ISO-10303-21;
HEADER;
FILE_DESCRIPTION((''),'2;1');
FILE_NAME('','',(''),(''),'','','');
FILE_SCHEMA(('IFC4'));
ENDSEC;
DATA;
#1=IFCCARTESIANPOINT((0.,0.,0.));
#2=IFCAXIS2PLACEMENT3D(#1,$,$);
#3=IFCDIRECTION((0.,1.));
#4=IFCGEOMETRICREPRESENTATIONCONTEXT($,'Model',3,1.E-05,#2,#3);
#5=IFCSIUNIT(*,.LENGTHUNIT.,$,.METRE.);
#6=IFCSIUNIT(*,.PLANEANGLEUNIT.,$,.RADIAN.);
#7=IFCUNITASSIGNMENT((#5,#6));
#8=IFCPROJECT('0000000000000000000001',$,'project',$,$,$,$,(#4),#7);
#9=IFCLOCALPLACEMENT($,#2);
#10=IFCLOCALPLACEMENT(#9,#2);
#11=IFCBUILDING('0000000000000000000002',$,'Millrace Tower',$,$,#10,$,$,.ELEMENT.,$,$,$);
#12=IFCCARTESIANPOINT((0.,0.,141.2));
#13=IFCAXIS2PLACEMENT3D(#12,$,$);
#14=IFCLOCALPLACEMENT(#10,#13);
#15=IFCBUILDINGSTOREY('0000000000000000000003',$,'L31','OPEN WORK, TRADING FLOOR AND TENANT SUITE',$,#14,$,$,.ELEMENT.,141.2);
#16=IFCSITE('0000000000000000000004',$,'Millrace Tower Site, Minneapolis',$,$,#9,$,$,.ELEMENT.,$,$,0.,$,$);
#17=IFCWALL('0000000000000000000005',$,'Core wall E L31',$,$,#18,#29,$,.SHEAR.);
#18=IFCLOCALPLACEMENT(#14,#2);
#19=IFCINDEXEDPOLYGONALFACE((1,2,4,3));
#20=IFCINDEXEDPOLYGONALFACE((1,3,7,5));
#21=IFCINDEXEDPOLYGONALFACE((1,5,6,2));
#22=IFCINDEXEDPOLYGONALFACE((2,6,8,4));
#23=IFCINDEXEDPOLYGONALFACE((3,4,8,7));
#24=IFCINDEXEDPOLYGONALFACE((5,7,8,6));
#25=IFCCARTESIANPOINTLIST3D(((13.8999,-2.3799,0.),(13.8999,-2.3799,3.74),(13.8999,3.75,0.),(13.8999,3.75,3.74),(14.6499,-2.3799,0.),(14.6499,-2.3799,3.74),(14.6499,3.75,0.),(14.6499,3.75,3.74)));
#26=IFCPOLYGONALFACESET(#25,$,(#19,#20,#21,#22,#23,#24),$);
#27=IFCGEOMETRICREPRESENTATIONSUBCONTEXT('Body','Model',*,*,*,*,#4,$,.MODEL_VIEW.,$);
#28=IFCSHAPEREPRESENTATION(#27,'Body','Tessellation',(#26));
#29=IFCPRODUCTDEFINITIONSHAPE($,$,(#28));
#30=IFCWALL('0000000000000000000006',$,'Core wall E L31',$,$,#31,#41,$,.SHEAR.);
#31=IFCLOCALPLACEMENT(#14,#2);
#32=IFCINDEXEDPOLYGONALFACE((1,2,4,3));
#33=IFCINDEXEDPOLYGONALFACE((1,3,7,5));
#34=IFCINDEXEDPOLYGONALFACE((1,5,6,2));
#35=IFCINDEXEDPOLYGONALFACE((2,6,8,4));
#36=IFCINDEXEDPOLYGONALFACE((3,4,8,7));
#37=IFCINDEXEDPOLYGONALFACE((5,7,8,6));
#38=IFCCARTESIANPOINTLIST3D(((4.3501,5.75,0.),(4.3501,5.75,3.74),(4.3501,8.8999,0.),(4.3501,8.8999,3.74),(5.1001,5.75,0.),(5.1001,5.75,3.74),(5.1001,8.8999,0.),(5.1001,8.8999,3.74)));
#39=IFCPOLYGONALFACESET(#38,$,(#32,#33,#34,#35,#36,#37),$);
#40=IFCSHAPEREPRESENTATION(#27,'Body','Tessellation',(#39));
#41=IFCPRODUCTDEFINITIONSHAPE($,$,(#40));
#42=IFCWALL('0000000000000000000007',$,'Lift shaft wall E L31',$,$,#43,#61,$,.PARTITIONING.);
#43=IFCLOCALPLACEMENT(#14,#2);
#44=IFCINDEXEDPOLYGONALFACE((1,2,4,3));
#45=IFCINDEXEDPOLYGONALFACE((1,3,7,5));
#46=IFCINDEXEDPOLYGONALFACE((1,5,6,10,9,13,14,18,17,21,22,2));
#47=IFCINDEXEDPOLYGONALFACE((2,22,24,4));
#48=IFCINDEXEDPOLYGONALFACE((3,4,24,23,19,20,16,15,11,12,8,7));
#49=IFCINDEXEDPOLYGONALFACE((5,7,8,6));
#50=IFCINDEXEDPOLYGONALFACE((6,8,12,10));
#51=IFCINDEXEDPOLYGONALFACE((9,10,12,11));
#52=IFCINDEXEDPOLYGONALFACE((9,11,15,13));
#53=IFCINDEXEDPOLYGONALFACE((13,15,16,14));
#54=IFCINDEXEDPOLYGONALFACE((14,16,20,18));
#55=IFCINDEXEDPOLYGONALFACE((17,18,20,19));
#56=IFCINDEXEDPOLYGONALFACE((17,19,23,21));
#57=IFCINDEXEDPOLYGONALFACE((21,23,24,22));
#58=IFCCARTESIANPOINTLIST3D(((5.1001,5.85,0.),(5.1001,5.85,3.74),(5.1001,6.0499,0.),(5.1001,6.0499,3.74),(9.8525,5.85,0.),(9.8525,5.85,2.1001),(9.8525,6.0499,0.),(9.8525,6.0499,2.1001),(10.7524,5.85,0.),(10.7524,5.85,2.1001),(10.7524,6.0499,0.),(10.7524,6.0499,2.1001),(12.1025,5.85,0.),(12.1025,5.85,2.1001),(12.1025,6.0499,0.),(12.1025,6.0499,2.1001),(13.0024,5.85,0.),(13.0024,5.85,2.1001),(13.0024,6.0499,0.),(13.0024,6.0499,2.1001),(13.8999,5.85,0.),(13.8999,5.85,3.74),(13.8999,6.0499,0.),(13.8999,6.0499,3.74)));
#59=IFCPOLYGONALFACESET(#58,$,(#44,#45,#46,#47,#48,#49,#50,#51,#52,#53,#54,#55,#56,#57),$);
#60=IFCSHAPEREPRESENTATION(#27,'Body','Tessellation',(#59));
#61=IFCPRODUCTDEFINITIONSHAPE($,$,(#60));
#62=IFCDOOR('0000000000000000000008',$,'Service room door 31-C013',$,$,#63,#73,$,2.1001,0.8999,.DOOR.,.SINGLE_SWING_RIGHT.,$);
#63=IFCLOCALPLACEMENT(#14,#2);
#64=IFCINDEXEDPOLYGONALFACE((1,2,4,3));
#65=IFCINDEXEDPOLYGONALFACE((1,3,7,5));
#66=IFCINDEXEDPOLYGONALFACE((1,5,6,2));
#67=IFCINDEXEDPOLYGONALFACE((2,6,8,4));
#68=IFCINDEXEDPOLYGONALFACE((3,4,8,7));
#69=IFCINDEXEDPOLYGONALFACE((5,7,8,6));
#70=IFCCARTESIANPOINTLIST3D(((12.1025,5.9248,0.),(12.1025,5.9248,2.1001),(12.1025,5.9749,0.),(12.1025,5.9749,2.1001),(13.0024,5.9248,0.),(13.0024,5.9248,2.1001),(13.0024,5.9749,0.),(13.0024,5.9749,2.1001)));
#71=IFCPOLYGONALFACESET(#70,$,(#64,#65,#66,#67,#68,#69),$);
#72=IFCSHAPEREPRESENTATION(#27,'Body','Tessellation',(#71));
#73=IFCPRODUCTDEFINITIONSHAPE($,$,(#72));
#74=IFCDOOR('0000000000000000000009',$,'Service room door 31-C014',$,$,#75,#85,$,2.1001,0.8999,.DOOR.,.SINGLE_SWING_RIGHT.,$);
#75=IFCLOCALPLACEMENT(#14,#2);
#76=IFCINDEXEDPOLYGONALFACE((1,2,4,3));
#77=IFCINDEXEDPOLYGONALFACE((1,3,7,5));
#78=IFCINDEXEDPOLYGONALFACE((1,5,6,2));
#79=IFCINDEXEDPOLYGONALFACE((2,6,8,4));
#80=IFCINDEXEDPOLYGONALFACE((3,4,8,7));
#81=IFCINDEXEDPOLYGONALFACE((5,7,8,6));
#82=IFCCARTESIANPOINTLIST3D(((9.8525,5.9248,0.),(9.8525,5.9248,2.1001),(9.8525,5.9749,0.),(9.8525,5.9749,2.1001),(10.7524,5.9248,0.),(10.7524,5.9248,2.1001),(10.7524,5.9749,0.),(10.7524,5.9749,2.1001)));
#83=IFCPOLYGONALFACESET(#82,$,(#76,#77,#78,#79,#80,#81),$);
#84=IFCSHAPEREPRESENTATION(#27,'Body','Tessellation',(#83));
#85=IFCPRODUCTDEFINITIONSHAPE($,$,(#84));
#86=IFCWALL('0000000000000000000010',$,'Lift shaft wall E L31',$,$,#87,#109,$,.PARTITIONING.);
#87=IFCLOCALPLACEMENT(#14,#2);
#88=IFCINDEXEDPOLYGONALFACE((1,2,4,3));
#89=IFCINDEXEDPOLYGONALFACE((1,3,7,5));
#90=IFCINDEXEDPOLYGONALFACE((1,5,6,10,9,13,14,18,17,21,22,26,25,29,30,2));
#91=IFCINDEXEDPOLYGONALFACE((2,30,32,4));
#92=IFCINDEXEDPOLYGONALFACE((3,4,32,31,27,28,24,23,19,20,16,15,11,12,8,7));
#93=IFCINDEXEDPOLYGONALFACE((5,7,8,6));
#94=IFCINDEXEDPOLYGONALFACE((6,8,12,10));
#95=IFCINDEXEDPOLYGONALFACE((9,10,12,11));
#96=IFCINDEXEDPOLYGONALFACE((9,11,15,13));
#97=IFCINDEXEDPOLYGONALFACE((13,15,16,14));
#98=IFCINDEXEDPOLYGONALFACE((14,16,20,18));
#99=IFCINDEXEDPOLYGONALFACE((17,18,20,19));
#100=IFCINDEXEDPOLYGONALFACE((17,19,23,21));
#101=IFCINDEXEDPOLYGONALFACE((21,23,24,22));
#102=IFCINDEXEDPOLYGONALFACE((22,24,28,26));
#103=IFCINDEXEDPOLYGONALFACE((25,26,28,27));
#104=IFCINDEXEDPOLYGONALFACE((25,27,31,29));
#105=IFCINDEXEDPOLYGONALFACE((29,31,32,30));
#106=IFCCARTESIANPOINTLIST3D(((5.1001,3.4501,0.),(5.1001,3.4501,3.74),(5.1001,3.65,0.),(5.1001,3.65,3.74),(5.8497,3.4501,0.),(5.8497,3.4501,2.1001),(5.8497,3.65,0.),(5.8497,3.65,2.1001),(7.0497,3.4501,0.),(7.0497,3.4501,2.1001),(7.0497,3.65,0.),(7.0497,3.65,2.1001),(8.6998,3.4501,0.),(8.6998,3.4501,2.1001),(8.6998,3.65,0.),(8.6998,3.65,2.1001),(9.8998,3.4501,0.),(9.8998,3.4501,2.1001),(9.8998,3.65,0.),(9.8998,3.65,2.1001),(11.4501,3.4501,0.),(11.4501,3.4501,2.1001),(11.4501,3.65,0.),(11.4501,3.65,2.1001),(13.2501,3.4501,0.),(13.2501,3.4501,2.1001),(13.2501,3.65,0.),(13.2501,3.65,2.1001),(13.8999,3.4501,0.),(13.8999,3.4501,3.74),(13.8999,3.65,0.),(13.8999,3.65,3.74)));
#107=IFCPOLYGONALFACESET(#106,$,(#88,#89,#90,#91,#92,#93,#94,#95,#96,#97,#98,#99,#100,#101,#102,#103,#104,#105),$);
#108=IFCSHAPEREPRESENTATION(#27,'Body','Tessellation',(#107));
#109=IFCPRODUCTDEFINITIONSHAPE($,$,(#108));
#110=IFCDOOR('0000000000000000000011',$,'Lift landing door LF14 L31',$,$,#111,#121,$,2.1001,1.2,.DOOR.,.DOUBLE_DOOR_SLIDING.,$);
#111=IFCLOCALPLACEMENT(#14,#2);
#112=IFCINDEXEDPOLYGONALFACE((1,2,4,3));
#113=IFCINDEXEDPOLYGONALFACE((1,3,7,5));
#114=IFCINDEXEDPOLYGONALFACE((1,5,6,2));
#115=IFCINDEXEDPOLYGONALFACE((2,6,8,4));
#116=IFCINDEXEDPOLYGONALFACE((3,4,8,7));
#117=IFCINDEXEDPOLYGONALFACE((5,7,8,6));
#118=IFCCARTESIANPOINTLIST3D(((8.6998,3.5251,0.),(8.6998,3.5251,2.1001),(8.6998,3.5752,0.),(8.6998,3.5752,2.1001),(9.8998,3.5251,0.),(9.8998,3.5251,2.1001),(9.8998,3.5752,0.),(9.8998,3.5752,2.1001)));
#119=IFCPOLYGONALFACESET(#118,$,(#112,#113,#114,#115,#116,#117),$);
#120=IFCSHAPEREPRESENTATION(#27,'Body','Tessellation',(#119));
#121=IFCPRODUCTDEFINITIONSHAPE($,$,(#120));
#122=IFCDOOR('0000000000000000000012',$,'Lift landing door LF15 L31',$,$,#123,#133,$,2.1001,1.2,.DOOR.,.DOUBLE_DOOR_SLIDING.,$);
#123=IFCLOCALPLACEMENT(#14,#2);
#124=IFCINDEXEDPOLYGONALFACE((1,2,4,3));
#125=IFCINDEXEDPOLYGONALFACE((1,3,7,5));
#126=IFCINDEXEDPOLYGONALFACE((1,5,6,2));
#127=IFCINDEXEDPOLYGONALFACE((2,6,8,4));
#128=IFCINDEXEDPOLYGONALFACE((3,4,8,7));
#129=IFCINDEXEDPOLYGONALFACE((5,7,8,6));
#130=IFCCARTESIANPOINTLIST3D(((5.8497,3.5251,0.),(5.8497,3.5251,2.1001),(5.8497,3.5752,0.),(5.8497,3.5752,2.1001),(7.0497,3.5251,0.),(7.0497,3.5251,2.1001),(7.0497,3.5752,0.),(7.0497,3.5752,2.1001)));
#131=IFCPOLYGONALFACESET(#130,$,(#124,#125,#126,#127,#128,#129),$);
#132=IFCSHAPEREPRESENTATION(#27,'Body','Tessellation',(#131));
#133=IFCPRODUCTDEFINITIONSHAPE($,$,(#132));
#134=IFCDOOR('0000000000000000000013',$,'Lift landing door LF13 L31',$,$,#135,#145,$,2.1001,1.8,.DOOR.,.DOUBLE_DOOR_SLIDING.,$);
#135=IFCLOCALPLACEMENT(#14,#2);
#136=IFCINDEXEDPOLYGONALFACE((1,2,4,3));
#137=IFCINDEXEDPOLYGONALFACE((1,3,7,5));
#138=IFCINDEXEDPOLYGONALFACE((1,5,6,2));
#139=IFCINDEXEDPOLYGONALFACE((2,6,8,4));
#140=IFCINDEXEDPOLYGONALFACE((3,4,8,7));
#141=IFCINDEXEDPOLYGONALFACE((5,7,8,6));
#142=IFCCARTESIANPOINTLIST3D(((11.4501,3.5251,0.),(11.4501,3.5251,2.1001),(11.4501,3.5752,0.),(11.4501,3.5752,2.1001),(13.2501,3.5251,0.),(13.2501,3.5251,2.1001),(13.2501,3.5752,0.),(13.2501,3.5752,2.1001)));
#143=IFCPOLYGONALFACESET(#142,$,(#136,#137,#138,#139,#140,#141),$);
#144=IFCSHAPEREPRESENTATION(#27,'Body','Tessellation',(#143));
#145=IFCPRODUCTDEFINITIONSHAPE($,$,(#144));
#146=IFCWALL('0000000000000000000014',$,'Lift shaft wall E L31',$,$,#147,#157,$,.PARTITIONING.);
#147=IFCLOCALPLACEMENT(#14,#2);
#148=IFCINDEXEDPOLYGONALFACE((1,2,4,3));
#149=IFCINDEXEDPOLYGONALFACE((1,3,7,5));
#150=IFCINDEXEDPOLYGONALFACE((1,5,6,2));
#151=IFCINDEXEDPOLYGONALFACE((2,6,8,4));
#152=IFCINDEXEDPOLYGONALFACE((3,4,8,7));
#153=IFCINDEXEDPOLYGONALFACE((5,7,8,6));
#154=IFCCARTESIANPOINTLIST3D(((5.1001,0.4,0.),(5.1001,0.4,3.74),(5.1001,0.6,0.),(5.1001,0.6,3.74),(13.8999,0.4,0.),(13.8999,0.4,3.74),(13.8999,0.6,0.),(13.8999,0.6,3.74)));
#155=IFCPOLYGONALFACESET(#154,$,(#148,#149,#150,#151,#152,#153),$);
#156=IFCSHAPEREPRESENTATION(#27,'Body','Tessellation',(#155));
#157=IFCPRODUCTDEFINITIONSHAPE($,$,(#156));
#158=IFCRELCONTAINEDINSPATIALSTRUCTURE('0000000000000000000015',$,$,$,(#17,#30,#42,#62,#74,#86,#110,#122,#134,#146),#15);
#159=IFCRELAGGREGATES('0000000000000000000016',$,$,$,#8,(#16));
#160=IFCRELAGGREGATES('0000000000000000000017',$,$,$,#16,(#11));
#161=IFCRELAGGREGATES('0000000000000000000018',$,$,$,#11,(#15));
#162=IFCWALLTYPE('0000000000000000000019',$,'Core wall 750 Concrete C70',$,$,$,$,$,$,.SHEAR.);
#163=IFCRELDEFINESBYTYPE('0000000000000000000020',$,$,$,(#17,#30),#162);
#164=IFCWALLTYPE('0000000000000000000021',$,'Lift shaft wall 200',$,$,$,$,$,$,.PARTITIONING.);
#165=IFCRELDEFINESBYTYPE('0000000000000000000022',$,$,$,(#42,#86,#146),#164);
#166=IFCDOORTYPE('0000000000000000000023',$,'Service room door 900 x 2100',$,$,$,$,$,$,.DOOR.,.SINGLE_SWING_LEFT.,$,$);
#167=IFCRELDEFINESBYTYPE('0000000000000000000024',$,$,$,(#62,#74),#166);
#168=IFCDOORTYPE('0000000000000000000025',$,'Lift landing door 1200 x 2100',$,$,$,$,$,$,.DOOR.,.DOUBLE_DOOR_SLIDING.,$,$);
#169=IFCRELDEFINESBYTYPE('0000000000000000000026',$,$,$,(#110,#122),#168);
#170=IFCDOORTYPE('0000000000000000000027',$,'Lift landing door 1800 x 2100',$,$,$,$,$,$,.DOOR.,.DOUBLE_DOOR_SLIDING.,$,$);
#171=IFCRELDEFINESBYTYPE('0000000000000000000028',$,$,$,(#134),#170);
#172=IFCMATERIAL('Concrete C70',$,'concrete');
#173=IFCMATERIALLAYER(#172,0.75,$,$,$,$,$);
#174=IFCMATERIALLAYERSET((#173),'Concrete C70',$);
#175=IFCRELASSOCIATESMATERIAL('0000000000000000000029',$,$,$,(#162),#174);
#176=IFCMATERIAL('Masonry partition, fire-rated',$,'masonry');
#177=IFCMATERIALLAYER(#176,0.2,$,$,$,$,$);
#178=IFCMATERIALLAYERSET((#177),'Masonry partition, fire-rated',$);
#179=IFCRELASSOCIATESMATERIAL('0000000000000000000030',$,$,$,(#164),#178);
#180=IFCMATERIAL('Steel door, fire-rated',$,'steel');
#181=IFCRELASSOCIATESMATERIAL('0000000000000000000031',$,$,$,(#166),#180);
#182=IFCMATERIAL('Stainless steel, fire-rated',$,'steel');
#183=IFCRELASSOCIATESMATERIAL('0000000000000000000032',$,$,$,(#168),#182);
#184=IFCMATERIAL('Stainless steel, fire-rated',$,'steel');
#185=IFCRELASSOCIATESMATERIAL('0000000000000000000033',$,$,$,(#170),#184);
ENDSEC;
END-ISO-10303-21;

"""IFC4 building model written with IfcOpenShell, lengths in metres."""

from ifc_helpers import new_model, si_unit, direction, frame, frame_2d, origin, place, context, subcontext, project, spatial, rectangle, extrude, material, layer, layer_set, type_object, element, fill, save


model = new_model("IFC4")

# Units and contexts
model_context = context("Model", 3, precision=1e-05, world=origin(), true_north=direction((0.0, 1.0)))
body_context = subcontext(model_context, "Body", "Model", "MODEL_VIEW")
ifc_project = project(units=[si_unit("LENGTHUNIT", "METRE"), si_unit("PLANEANGLEUNIT", "RADIAN")], contexts=[model_context])

# Site, building, storey
site_placement = place(None, origin())
site = spatial("IfcSite", under=ifc_project, at=site_placement, Name="Millrace Tower Site, Minneapolis", CompositionType="ELEMENT", RefElevation=0.0)
building_placement = place(site_placement, origin())
building = spatial("IfcBuilding", under=site, at=building_placement, Name="Millrace Tower", CompositionType="ELEMENT")
storey_placement = place(building_placement, frame((0.0, 0.0, 141.2)))
storey = spatial("IfcBuildingStorey", under=building, at=storey_placement, Name="L31", Description="OPEN WORK, TRADING FLOOR AND TENANT SUITE", CompositionType="ELEMENT", Elevation=141.2)

# Walls
ifc_material_1 = material(Name="Concrete C70", Category="concrete")
ifc_layer_1 = layer(ifc_material_1, 0.75)
ifc_layer_set_1 = layer_set([ifc_layer_1], Name="Concrete C70")
wall_type_1 = type_object("IfcWallType", Name="Core wall 750 Concrete C70", PredefinedType="SHEAR", material=ifc_layer_set_1)
wall_1_placement = place(storey_placement, frame((14.2749, 3.75, 0.0), z_axis=(0.0, 0.0, 1.0), x_axis=(0.0, -1.0, 0.0)))
element("IfcWall", 1, at=wall_1_placement, inside=storey, type_object=wall_type_1, Name="Core wall E L31", PredefinedType="SHEAR", context=body_context, shape_type="SweptSolid", body=[
    extrude(rectangle(XDim=6.1299, YDim=0.75, at=frame_2d((3.0649, 0.0))), origin(), (0.0, 0.0, 1.0), 3.74),
])
wall_2_placement = place(storey_placement, frame((4.7251, 8.8999, 0.0), z_axis=(0.0, 0.0, 1.0), x_axis=(0.0, -1.0, 0.0)))
element("IfcWall", 2, at=wall_2_placement, inside=storey, type_object=wall_type_1, Name="Core wall E L31", PredefinedType="SHEAR", context=body_context, shape_type="SweptSolid", body=[
    extrude(rectangle(XDim=3.1499, YDim=0.75, at=frame_2d((1.575, 0.0))), origin(), (0.0, 0.0, 1.0), 3.74),
])

# Walls, openings, doors
ifc_material_2 = material(Name="Masonry partition, fire-rated", Category="masonry")
ifc_layer_2 = layer(ifc_material_2, 0.2)
ifc_layer_set_2 = layer_set([ifc_layer_2], Name="Masonry partition, fire-rated")
wall_type_2 = type_object("IfcWallType", Name="Lift shaft wall 200", PredefinedType="PARTITIONING", material=ifc_layer_set_2)
wall_3_placement = place(storey_placement, frame((13.8999, 5.95, 0.0), z_axis=(0.0, 0.0, 1.0), x_axis=(-1.0, 0.0, 0.0)))
wall_3 = element("IfcWall", 3, at=wall_3_placement, inside=storey, type_object=wall_type_2, Name="Lift shaft wall E L31", PredefinedType="PARTITIONING", context=body_context, shape_type="SweptSolid", body=[
    extrude(rectangle(XDim=8.7998, YDim=0.2, at=frame_2d((4.3999, 0.0))), origin(), (0.0, 0.0, 1.0), 3.74),
])
opening_1_placement = place(wall_3_placement, frame((0.8975, 0.0, 0.0)))
opening_1 = element("IfcOpeningElement", 4, at=opening_1_placement, cuts=wall_3, PredefinedType="OPENING", context=body_context, shape_type="SweptSolid", body=[
    extrude(rectangle(XDim=0.8999, YDim=2.1001, at=frame_2d((0.45, 1.05))), frame((0.0, 0.1099, 0.0), z_axis=(0.0, -1.0, 0.0), x_axis=(1.0, 0.0, 0.0)), (0.0, 0.0, 1.0), 0.22),
])
opening_2_placement = place(wall_3_placement, frame((3.1475, 0.0, 0.0)))
opening_2 = element("IfcOpeningElement", 5, at=opening_2_placement, cuts=wall_3, PredefinedType="OPENING", context=body_context, shape_type="SweptSolid", body=[
    extrude(rectangle(XDim=0.8999, YDim=2.1001, at=frame_2d((0.45, 1.05))), frame((0.0, 0.1099, 0.0), z_axis=(0.0, -1.0, 0.0), x_axis=(1.0, 0.0, 0.0)), (0.0, 0.0, 1.0), 0.22),
])
ifc_material_3 = material(Name="Steel door, fire-rated", Category="steel")
door_type_1 = type_object("IfcDoorType", Name="Service room door 900 x 2100", OperationType="SINGLE_SWING_LEFT", PredefinedType="DOOR", material=ifc_material_3)
door_1_placement = place(opening_1_placement, frame((0.8999, 0.0, 0.0), z_axis=(0.0, 0.0, 1.0), x_axis=(-1.0, 0.0, 0.0)))
door_1 = element("IfcDoor", 6, at=door_1_placement, inside=storey, type_object=door_type_1, Name="Service room door 31-C013", OperationType="SINGLE_SWING_RIGHT", OverallHeight=2.1001, OverallWidth=0.8999, PredefinedType="DOOR", context=body_context, shape_type="SweptSolid", body=[
    extrude(rectangle(XDim=0.8999, YDim=2.1001, at=frame_2d((0.45, 1.05))), frame((0.0, 0.0249, 0.0), z_axis=(0.0, -1.0, 0.0), x_axis=(1.0, 0.0, 0.0)), (0.0, 0.0, 1.0), 0.05),
])
fill(opening_1, door_1)
door_2_placement = place(opening_2_placement, frame((0.8999, 0.0, 0.0), z_axis=(0.0, 0.0, 1.0), x_axis=(-1.0, 0.0, 0.0)))
door_2 = element("IfcDoor", 7, at=door_2_placement, inside=storey, type_object=door_type_1, Name="Service room door 31-C014", OperationType="SINGLE_SWING_RIGHT", OverallHeight=2.1001, OverallWidth=0.8999, PredefinedType="DOOR", context=body_context, shape_type="SweptSolid", body=[
    extrude(rectangle(XDim=0.8999, YDim=2.1001, at=frame_2d((0.45, 1.05))), frame((0.0, 0.0249, 0.0), z_axis=(0.0, -1.0, 0.0), x_axis=(1.0, 0.0, 0.0)), (0.0, 0.0, 1.0), 0.05),
])
fill(opening_2, door_2)
wall_4_placement = place(storey_placement, frame((13.8999, 3.55, 0.0), z_axis=(0.0, 0.0, 1.0), x_axis=(-1.0, 0.0, 0.0)))
wall_4 = element("IfcWall", 8, at=wall_4_placement, inside=storey, type_object=wall_type_2, Name="Lift shaft wall E L31", PredefinedType="PARTITIONING", context=body_context, shape_type="SweptSolid", body=[
    extrude(rectangle(XDim=8.7998, YDim=0.2, at=frame_2d((4.3999, 0.0))), origin(), (0.0, 0.0, 1.0), 3.74),
])
opening_3_placement = place(wall_4_placement, frame((0.6499, 0.0, 0.0)))
opening_3 = element("IfcOpeningElement", 9, at=opening_3_placement, cuts=wall_4, PredefinedType="OPENING", context=body_context, shape_type="SweptSolid", body=[
    extrude(rectangle(XDim=1.8, YDim=2.1001, at=frame_2d((0.8999, 1.05))), frame((0.0, 0.1099, 0.0), z_axis=(0.0, -1.0, 0.0), x_axis=(1.0, 0.0, 0.0)), (0.0, 0.0, 1.0), 0.22),
])
opening_4_placement = place(wall_4_placement, frame((4.0, 0.0, 0.0)))
opening_4 = element("IfcOpeningElement", 10, at=opening_4_placement, cuts=wall_4, PredefinedType="OPENING", context=body_context, shape_type="SweptSolid", body=[
    extrude(rectangle(XDim=1.2, YDim=2.1001, at=frame_2d((0.6001, 1.05))), frame((0.0, 0.1099, 0.0), z_axis=(0.0, -1.0, 0.0), x_axis=(1.0, 0.0, 0.0)), (0.0, 0.0, 1.0), 0.22),
])
opening_5_placement = place(wall_4_placement, frame((6.8501, 0.0, 0.0)))
opening_5 = element("IfcOpeningElement", 11, at=opening_5_placement, cuts=wall_4, PredefinedType="OPENING", context=body_context, shape_type="SweptSolid", body=[
    extrude(rectangle(XDim=1.2, YDim=2.1001, at=frame_2d((0.6001, 1.05))), frame((0.0, 0.1099, 0.0), z_axis=(0.0, -1.0, 0.0), x_axis=(1.0, 0.0, 0.0)), (0.0, 0.0, 1.0), 0.22),
])
ifc_material_4 = material(Name="Stainless steel, fire-rated", Category="steel")
door_type_2 = type_object("IfcDoorType", Name="Lift landing door 1200 x 2100", OperationType="DOUBLE_DOOR_SLIDING", PredefinedType="DOOR", material=ifc_material_4)
door_3_placement = place(opening_4_placement, origin())
door_3 = element("IfcDoor", 12, at=door_3_placement, inside=storey, type_object=door_type_2, Name="Lift landing door LF14 L31", OperationType="DOUBLE_DOOR_SLIDING", OverallHeight=2.1001, OverallWidth=1.2, PredefinedType="DOOR", context=body_context, shape_type="SweptSolid", body=[
    extrude(rectangle(XDim=1.2, YDim=2.1001, at=frame_2d((0.6001, 1.05))), frame((0.0, 0.0249, 0.0), z_axis=(0.0, -1.0, 0.0), x_axis=(1.0, 0.0, 0.0)), (0.0, 0.0, 1.0), 0.05),
])
fill(opening_4, door_3)
door_4_placement = place(opening_5_placement, origin())
door_4 = element("IfcDoor", 13, at=door_4_placement, inside=storey, type_object=door_type_2, Name="Lift landing door LF15 L31", OperationType="DOUBLE_DOOR_SLIDING", OverallHeight=2.1001, OverallWidth=1.2, PredefinedType="DOOR", context=body_context, shape_type="SweptSolid", body=[
    extrude(rectangle(XDim=1.2, YDim=2.1001, at=frame_2d((0.6001, 1.05))), frame((0.0, 0.0249, 0.0), z_axis=(0.0, -1.0, 0.0), x_axis=(1.0, 0.0, 0.0)), (0.0, 0.0, 1.0), 0.05),
])
fill(opening_5, door_4)
ifc_material_5 = material(Name="Stainless steel, fire-rated", Category="steel")
door_type_3 = type_object("IfcDoorType", Name="Lift landing door 1800 x 2100", OperationType="DOUBLE_DOOR_SLIDING", PredefinedType="DOOR", material=ifc_material_5)
door_5_placement = place(opening_3_placement, origin())
door_5 = element("IfcDoor", 14, at=door_5_placement, inside=storey, type_object=door_type_3, Name="Lift landing door LF13 L31", OperationType="DOUBLE_DOOR_SLIDING", OverallHeight=2.1001, OverallWidth=1.8, PredefinedType="DOOR", context=body_context, shape_type="SweptSolid", body=[
    extrude(rectangle(XDim=1.8, YDim=2.1001, at=frame_2d((0.8999, 1.05))), frame((0.0, 0.0249, 0.0), z_axis=(0.0, -1.0, 0.0), x_axis=(1.0, 0.0, 0.0)), (0.0, 0.0, 1.0), 0.05),
])
fill(opening_3, door_5)

# Wall
wall_5_placement = place(storey_placement, frame((13.8999, 0.5, 0.0), z_axis=(0.0, 0.0, 1.0), x_axis=(-1.0, 0.0, 0.0)))
element("IfcWall", 15, at=wall_5_placement, inside=storey, type_object=wall_type_2, Name="Lift shaft wall E L31", PredefinedType="PARTITIONING", context=body_context, shape_type="SweptSolid", body=[
    extrude(rectangle(XDim=8.7998, YDim=0.2, at=frame_2d((4.3999, 0.0))), origin(), (0.0, 0.0, 1.0), 3.74),
])

save(model, "model.ifc")
